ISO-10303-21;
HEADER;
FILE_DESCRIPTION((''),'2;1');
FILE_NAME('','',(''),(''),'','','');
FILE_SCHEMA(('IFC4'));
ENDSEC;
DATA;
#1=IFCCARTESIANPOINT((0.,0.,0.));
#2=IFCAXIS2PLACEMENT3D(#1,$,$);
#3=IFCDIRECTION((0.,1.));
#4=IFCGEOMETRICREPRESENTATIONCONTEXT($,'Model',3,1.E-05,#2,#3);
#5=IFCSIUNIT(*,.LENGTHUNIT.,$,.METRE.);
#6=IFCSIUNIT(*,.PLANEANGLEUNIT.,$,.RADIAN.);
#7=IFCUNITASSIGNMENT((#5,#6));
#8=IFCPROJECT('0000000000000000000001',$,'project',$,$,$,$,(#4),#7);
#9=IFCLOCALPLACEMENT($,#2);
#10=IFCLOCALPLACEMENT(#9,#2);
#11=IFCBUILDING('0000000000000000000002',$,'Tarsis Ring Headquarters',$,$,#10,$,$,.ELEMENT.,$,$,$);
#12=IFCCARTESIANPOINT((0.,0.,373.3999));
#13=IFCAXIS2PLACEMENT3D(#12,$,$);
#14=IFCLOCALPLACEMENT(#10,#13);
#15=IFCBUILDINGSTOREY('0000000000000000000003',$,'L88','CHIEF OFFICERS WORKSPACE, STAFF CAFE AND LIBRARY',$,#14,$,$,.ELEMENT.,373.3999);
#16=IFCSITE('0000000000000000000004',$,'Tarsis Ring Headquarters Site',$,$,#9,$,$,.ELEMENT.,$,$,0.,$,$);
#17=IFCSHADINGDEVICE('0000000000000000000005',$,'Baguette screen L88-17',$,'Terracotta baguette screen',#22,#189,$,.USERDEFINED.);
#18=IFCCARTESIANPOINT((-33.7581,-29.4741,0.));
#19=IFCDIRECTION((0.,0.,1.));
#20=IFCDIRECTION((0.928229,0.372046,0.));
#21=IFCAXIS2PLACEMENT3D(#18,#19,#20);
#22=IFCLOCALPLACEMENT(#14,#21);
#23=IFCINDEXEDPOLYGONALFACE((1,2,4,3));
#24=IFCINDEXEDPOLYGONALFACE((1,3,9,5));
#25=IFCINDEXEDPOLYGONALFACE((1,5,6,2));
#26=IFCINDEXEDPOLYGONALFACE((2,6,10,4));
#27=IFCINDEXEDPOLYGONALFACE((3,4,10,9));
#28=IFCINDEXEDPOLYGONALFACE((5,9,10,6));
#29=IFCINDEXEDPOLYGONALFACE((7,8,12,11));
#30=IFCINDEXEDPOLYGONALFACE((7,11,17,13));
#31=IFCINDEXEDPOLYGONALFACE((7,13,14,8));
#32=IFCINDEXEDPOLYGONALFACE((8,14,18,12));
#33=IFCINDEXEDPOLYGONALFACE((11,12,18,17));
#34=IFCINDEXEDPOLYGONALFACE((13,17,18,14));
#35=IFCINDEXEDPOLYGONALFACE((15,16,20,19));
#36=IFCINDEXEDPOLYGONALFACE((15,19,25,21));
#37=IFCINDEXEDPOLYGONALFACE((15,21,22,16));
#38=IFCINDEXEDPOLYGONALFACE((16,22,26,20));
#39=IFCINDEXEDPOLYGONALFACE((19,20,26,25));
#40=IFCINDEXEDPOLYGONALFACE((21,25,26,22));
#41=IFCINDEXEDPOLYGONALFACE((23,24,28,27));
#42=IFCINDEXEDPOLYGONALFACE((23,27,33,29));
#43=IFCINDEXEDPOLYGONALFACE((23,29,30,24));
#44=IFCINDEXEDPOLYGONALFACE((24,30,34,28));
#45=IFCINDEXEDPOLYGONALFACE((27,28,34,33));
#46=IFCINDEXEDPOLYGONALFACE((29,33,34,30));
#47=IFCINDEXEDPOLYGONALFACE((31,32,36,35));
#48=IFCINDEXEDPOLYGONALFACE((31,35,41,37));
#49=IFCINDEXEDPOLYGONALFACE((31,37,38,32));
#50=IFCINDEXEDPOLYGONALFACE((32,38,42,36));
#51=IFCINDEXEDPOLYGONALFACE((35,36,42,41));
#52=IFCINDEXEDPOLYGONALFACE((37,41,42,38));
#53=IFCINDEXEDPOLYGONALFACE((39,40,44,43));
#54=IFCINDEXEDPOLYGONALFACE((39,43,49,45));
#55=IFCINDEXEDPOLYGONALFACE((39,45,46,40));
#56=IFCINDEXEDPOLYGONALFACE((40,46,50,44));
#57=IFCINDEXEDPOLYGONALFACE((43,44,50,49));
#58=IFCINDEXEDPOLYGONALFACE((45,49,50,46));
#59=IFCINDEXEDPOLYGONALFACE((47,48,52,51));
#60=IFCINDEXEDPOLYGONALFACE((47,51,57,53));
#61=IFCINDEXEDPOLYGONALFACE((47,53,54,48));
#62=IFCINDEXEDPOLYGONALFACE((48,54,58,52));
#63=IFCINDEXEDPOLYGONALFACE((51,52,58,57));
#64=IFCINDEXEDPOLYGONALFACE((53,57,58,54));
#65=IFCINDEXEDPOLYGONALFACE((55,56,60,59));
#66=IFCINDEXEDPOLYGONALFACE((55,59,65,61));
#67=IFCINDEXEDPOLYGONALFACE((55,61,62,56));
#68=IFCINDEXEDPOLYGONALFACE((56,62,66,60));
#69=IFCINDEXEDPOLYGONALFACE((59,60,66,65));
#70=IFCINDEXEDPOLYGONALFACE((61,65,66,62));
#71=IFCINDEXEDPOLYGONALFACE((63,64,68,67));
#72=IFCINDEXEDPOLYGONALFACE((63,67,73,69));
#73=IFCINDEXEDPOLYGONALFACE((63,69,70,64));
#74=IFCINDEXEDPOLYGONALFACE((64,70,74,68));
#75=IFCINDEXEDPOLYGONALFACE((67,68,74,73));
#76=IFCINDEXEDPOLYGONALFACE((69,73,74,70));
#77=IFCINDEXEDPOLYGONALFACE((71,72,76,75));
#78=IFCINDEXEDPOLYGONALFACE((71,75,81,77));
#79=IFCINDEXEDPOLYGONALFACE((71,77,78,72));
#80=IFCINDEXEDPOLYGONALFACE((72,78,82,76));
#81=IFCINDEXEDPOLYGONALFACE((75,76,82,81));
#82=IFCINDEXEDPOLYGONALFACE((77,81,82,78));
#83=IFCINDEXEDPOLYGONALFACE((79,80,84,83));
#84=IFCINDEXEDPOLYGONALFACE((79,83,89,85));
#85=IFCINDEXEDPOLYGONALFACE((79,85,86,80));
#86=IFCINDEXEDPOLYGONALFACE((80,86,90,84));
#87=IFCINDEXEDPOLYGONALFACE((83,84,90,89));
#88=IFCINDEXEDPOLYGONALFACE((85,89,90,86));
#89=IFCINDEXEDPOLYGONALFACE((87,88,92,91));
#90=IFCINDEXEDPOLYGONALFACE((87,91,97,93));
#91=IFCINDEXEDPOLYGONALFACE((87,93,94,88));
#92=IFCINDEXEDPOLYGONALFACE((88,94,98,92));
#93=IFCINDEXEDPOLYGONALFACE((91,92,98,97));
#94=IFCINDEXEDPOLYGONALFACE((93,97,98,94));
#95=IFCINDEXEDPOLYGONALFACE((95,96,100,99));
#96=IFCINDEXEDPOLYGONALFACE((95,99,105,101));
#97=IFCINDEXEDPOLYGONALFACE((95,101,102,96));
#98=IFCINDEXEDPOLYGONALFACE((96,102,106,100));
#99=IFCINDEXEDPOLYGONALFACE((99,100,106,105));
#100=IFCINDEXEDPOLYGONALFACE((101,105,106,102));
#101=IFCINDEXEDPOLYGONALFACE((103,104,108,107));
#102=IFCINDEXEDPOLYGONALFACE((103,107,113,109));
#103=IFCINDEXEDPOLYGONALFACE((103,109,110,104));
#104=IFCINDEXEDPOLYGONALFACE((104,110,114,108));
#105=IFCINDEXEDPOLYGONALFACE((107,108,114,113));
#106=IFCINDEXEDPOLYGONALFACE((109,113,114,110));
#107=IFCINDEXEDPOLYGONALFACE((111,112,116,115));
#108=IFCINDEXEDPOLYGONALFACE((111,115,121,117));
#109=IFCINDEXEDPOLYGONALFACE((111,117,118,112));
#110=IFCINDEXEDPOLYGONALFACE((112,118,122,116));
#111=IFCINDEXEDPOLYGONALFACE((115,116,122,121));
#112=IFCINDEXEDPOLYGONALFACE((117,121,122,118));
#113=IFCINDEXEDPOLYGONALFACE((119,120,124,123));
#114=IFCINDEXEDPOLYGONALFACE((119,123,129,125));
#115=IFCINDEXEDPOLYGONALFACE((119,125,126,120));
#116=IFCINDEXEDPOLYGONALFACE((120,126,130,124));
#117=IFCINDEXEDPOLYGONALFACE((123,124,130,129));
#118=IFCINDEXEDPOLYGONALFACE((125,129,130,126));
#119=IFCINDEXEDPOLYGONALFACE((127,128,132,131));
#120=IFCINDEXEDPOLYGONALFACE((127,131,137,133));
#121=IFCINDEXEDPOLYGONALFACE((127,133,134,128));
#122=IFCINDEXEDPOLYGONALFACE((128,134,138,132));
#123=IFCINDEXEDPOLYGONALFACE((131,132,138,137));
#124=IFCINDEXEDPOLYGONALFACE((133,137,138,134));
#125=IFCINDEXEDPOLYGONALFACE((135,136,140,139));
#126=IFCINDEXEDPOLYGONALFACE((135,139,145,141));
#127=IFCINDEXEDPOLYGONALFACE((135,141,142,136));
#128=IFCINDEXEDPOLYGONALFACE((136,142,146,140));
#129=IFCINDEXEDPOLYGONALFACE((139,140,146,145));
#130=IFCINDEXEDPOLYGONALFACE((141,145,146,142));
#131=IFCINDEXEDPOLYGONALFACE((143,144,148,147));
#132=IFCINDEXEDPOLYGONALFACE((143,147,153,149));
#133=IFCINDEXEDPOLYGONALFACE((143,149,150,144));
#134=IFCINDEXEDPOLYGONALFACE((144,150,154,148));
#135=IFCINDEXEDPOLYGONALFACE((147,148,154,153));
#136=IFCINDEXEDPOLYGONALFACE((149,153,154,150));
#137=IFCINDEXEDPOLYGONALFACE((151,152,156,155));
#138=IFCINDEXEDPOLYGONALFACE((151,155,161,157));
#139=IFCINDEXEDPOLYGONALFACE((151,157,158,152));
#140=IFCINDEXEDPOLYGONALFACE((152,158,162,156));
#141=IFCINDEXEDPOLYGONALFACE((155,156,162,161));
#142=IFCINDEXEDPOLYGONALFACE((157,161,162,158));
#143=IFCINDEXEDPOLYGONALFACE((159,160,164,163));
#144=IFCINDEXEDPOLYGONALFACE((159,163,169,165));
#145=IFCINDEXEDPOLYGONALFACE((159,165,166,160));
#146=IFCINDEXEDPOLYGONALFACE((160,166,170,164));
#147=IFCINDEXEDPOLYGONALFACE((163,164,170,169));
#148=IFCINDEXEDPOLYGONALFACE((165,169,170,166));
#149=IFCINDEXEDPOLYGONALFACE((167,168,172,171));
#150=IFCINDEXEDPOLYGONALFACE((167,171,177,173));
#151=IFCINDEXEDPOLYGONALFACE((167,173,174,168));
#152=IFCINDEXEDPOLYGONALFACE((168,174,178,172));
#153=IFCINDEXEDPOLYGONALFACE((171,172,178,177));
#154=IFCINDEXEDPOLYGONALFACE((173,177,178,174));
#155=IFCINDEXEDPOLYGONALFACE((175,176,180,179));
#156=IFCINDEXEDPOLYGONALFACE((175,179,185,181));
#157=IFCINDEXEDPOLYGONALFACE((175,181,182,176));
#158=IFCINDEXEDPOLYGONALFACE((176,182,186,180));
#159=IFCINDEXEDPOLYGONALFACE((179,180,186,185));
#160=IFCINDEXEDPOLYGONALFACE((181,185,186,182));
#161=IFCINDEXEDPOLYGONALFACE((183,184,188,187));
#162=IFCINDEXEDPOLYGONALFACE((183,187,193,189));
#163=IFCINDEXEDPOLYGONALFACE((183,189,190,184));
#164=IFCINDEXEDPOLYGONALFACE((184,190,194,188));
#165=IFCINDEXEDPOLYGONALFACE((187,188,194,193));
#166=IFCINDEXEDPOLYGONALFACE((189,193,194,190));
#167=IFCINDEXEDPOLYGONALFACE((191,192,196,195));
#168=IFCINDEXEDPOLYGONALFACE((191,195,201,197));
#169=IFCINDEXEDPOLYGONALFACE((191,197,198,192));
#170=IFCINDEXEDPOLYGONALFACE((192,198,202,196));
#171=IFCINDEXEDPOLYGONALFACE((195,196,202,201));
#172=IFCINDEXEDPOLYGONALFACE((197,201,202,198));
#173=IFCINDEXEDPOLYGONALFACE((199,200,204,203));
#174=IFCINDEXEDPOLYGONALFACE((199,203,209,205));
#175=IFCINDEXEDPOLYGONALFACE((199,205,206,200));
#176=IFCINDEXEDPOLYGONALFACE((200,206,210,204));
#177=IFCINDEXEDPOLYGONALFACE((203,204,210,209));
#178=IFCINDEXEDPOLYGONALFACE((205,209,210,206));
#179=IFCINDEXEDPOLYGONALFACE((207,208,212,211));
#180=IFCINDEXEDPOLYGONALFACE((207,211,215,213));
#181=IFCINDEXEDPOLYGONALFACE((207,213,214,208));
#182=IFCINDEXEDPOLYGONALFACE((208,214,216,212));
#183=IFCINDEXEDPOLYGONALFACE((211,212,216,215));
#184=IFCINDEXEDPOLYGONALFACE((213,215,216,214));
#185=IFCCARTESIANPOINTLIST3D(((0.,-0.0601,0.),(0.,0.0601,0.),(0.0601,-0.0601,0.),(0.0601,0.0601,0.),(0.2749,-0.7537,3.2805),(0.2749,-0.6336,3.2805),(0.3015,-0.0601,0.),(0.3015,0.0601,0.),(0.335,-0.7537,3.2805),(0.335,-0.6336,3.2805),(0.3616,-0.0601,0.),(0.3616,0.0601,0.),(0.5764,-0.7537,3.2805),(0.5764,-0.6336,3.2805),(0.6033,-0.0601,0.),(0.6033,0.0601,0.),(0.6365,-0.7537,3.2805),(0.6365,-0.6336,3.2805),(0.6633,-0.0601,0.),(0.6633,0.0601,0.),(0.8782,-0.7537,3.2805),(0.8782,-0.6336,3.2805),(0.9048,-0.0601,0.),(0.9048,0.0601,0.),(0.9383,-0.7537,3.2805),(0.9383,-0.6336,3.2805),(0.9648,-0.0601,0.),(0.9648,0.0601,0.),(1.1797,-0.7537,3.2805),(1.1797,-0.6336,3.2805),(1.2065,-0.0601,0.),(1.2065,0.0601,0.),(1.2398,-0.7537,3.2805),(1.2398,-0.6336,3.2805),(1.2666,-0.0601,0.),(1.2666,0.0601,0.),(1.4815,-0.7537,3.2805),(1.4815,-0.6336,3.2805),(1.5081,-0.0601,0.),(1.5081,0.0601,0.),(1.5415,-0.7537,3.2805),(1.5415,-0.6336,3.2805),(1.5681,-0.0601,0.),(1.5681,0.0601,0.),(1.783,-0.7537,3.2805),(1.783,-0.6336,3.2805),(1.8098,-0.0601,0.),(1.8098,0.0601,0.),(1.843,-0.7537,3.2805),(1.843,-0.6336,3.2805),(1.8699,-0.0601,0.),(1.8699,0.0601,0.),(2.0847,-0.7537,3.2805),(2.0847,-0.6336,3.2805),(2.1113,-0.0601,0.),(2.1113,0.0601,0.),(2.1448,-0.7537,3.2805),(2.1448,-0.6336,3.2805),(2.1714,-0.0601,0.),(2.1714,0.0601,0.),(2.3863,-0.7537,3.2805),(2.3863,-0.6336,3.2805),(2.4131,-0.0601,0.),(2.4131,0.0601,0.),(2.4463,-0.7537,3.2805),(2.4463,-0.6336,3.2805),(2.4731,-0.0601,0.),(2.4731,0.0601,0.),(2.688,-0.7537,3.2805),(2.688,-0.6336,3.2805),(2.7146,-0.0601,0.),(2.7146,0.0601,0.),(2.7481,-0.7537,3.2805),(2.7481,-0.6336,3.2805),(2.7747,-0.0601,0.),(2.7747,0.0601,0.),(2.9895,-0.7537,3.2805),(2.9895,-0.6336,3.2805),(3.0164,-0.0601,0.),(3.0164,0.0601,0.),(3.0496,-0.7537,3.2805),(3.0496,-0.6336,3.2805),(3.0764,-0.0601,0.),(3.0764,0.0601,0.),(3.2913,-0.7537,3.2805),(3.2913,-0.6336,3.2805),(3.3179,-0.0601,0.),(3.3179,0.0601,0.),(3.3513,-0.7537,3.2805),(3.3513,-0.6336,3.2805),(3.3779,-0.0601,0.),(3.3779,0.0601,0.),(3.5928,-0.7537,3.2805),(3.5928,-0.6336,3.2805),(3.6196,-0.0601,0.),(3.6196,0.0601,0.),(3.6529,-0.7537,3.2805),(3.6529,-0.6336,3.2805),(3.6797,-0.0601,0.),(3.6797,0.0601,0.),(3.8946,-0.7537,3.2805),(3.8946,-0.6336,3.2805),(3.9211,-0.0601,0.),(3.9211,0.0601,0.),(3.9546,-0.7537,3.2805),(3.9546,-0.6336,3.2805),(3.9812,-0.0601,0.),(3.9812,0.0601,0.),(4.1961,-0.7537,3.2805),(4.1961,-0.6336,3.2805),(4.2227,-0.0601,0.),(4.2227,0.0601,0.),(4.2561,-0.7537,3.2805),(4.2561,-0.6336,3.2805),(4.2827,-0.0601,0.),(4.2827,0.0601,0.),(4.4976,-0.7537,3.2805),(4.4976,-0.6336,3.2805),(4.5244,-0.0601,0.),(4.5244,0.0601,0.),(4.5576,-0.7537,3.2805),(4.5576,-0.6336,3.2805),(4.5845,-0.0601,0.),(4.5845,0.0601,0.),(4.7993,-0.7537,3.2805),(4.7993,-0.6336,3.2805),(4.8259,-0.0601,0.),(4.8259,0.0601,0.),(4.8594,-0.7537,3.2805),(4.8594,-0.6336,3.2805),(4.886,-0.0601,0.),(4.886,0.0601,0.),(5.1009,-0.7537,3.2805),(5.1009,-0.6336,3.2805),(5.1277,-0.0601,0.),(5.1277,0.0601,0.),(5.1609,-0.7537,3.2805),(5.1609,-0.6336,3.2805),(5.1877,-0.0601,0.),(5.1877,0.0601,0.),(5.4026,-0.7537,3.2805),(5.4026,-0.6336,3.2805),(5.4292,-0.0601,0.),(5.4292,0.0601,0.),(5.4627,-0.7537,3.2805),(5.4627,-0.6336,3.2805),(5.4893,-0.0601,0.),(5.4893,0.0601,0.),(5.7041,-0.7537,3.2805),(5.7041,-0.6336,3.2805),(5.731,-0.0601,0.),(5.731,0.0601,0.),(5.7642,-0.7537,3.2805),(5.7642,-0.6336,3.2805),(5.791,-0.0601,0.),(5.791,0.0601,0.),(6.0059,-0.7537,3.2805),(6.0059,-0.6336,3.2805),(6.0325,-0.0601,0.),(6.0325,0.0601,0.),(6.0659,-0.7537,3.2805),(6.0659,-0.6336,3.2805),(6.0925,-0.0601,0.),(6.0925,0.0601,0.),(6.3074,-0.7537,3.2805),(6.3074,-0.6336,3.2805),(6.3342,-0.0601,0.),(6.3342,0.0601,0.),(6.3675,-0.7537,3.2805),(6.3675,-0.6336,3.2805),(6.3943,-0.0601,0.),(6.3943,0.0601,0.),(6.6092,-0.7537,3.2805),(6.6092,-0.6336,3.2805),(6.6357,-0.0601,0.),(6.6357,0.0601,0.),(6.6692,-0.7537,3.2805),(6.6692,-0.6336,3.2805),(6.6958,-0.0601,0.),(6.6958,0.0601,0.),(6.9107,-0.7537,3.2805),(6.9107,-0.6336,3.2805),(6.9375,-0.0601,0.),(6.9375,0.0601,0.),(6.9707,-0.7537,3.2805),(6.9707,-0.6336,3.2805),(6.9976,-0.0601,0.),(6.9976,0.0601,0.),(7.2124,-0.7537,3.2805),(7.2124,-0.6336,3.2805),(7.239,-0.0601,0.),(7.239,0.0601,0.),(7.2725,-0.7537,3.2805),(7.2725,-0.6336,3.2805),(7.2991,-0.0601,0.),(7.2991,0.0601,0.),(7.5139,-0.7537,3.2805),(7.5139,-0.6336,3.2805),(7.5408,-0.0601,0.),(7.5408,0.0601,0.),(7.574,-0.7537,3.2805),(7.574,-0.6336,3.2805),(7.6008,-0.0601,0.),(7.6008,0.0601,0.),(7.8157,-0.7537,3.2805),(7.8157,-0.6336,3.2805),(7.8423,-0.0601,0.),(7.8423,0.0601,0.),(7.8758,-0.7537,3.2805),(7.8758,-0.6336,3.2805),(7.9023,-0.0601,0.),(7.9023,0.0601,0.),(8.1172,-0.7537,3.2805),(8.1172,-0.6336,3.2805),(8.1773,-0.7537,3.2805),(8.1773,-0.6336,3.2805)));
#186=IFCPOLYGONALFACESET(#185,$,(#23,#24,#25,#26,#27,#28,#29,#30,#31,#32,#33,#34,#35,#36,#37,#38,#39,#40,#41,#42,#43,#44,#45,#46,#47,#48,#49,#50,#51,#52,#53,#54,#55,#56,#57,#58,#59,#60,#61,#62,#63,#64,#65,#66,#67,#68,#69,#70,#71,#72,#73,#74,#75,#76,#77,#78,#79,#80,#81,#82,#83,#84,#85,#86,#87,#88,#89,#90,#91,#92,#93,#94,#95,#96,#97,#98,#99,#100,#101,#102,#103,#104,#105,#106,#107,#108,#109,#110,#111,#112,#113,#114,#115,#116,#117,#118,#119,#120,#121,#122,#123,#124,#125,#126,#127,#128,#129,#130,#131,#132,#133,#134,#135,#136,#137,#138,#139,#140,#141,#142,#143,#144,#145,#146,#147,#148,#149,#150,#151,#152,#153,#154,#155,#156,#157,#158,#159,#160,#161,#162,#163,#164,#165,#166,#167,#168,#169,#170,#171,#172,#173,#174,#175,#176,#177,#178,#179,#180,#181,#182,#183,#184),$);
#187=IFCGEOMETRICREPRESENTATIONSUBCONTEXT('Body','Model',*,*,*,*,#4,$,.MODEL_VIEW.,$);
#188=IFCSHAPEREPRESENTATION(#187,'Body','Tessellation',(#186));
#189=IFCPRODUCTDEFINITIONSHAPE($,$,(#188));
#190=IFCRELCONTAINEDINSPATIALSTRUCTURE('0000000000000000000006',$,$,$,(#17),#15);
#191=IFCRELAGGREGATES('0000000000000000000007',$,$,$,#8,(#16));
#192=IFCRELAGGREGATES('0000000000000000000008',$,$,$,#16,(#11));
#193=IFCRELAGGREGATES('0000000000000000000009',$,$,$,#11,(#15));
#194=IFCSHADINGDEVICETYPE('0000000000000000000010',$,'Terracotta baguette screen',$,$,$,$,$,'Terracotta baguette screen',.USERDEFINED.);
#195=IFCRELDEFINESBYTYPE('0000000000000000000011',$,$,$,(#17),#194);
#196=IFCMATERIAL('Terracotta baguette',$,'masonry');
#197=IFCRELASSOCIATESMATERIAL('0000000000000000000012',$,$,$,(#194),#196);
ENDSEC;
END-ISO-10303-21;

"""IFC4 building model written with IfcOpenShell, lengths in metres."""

from ifc_helpers import new_model, si_unit, direction, frame, frame_2d, origin, place, context, subcontext, project, spatial, rectangle, composite_profile, extrude, material, type_object, element, save


model = new_model("IFC4")

# Units and contexts
model_context = context("Model", 3, precision=1e-05, world=origin(), true_north=direction((0.0, 1.0)))
body_context = subcontext(model_context, "Body", "Model", "MODEL_VIEW")
ifc_project = project(units=[si_unit("LENGTHUNIT", "METRE"), si_unit("PLANEANGLEUNIT", "RADIAN")], contexts=[model_context])

# Site, building, storey
site_placement = place(None, origin())
site = spatial("IfcSite", under=ifc_project, at=site_placement, Name="Tarsis Ring Headquarters Site", CompositionType="ELEMENT", RefElevation=0.0)
building_placement = place(site_placement, origin())
building = spatial("IfcBuilding", under=site, at=building_placement, Name="Tarsis Ring Headquarters", CompositionType="ELEMENT")
storey_placement = place(building_placement, frame((0.0, 0.0, 373.3999)))
storey = spatial("IfcBuildingStorey", under=building, at=storey_placement, Name="L88", Description="CHIEF OFFICERS WORKSPACE, STAFF CAFE AND LIBRARY", CompositionType="ELEMENT", Elevation=373.3999)

# Shading device
ifc_material_1 = material(Name="Terracotta baguette", Category="masonry")
shading_device_type_1 = type_object("IfcShadingDeviceType", Name="Terracotta baguette screen", ElementType="Terracotta baguette screen", PredefinedType="USERDEFINED", material=ifc_material_1)
shading_device_1_placement = place(storey_placement, frame((-33.7581, -29.4741, 0.0), z_axis=(0.0, 0.0, 1.0), x_axis=(0.928229, 0.372046, 0.0)))
element("IfcShadingDevice", 1, at=shading_device_1_placement, inside=storey, type_object=shading_device_type_1, Name="Baguette screen L88-17", ObjectType="Terracotta baguette screen", PredefinedType="USERDEFINED", context=body_context, shape_type="SweptSolid", body=[
    extrude(composite_profile([rectangle(XDim=0.0601, YDim=0.1201, at=frame_2d((0.03, 0.0))), rectangle(XDim=0.0601, YDim=0.1201, at=frame_2d((0.3315, 0.0))), rectangle(XDim=0.0601, YDim=0.1201, at=frame_2d((0.6333, 0.0))), rectangle(XDim=0.0601, YDim=0.1201, at=frame_2d((0.9348, 0.0))), rectangle(XDim=0.0601, YDim=0.1201, at=frame_2d((1.2366, 0.0))), rectangle(XDim=0.0601, YDim=0.1201, at=frame_2d((1.5381, 0.0))), rectangle(XDim=0.0601, YDim=0.1201, at=frame_2d((1.8398, 0.0))), rectangle(XDim=0.0601, YDim=0.1201, at=frame_2d((2.1414, 0.0))), rectangle(XDim=0.0601, YDim=0.1201, at=frame_2d((2.4431, 0.0))), rectangle(XDim=0.0601, YDim=0.1201, at=frame_2d((2.7446, 0.0))), rectangle(XDim=0.0601, YDim=0.1201, at=frame_2d((3.0464, 0.0))), rectangle(XDim=0.0601, YDim=0.1201, at=frame_2d((3.3479, 0.0))), rectangle(XDim=0.0601, YDim=0.1201, at=frame_2d((3.6497, 0.0))), rectangle(XDim=0.0601, YDim=0.1201, at=frame_2d((3.9512, 0.0))), rectangle(XDim=0.0601, YDim=0.1201, at=frame_2d((4.2527, 0.0))), rectangle(XDim=0.0601, YDim=0.1201, at=frame_2d((4.5544, 0.0))), rectangle(XDim=0.0601, YDim=0.1201, at=frame_2d((4.856, 0.0))), rectangle(XDim=0.0601, YDim=0.1201, at=frame_2d((5.1577, 0.0))), rectangle(XDim=0.0601, YDim=0.1201, at=frame_2d((5.4592, 0.0))), rectangle(XDim=0.0601, YDim=0.1201, at=frame_2d((5.761, 0.0))), rectangle(XDim=0.0601, YDim=0.1201, at=frame_2d((6.0625, 0.0))), rectangle(XDim=0.0601, YDim=0.1201, at=frame_2d((6.3643, 0.0))), rectangle(XDim=0.0601, YDim=0.1201, at=frame_2d((6.6658, 0.0))), rectangle(XDim=0.0601, YDim=0.1201, at=frame_2d((6.9675, 0.0))), rectangle(XDim=0.0601, YDim=0.1201, at=frame_2d((7.269, 0.0))), rectangle(XDim=0.0601, YDim=0.1201, at=frame_2d((7.5708, 0.0))), rectangle(XDim=0.0601, YDim=0.1201, at=frame_2d((7.8723, 0.0)))]), origin(), (0.08172, -0.206173, 0.975097), 3.3643),
])

save(model, "model.ifc")
